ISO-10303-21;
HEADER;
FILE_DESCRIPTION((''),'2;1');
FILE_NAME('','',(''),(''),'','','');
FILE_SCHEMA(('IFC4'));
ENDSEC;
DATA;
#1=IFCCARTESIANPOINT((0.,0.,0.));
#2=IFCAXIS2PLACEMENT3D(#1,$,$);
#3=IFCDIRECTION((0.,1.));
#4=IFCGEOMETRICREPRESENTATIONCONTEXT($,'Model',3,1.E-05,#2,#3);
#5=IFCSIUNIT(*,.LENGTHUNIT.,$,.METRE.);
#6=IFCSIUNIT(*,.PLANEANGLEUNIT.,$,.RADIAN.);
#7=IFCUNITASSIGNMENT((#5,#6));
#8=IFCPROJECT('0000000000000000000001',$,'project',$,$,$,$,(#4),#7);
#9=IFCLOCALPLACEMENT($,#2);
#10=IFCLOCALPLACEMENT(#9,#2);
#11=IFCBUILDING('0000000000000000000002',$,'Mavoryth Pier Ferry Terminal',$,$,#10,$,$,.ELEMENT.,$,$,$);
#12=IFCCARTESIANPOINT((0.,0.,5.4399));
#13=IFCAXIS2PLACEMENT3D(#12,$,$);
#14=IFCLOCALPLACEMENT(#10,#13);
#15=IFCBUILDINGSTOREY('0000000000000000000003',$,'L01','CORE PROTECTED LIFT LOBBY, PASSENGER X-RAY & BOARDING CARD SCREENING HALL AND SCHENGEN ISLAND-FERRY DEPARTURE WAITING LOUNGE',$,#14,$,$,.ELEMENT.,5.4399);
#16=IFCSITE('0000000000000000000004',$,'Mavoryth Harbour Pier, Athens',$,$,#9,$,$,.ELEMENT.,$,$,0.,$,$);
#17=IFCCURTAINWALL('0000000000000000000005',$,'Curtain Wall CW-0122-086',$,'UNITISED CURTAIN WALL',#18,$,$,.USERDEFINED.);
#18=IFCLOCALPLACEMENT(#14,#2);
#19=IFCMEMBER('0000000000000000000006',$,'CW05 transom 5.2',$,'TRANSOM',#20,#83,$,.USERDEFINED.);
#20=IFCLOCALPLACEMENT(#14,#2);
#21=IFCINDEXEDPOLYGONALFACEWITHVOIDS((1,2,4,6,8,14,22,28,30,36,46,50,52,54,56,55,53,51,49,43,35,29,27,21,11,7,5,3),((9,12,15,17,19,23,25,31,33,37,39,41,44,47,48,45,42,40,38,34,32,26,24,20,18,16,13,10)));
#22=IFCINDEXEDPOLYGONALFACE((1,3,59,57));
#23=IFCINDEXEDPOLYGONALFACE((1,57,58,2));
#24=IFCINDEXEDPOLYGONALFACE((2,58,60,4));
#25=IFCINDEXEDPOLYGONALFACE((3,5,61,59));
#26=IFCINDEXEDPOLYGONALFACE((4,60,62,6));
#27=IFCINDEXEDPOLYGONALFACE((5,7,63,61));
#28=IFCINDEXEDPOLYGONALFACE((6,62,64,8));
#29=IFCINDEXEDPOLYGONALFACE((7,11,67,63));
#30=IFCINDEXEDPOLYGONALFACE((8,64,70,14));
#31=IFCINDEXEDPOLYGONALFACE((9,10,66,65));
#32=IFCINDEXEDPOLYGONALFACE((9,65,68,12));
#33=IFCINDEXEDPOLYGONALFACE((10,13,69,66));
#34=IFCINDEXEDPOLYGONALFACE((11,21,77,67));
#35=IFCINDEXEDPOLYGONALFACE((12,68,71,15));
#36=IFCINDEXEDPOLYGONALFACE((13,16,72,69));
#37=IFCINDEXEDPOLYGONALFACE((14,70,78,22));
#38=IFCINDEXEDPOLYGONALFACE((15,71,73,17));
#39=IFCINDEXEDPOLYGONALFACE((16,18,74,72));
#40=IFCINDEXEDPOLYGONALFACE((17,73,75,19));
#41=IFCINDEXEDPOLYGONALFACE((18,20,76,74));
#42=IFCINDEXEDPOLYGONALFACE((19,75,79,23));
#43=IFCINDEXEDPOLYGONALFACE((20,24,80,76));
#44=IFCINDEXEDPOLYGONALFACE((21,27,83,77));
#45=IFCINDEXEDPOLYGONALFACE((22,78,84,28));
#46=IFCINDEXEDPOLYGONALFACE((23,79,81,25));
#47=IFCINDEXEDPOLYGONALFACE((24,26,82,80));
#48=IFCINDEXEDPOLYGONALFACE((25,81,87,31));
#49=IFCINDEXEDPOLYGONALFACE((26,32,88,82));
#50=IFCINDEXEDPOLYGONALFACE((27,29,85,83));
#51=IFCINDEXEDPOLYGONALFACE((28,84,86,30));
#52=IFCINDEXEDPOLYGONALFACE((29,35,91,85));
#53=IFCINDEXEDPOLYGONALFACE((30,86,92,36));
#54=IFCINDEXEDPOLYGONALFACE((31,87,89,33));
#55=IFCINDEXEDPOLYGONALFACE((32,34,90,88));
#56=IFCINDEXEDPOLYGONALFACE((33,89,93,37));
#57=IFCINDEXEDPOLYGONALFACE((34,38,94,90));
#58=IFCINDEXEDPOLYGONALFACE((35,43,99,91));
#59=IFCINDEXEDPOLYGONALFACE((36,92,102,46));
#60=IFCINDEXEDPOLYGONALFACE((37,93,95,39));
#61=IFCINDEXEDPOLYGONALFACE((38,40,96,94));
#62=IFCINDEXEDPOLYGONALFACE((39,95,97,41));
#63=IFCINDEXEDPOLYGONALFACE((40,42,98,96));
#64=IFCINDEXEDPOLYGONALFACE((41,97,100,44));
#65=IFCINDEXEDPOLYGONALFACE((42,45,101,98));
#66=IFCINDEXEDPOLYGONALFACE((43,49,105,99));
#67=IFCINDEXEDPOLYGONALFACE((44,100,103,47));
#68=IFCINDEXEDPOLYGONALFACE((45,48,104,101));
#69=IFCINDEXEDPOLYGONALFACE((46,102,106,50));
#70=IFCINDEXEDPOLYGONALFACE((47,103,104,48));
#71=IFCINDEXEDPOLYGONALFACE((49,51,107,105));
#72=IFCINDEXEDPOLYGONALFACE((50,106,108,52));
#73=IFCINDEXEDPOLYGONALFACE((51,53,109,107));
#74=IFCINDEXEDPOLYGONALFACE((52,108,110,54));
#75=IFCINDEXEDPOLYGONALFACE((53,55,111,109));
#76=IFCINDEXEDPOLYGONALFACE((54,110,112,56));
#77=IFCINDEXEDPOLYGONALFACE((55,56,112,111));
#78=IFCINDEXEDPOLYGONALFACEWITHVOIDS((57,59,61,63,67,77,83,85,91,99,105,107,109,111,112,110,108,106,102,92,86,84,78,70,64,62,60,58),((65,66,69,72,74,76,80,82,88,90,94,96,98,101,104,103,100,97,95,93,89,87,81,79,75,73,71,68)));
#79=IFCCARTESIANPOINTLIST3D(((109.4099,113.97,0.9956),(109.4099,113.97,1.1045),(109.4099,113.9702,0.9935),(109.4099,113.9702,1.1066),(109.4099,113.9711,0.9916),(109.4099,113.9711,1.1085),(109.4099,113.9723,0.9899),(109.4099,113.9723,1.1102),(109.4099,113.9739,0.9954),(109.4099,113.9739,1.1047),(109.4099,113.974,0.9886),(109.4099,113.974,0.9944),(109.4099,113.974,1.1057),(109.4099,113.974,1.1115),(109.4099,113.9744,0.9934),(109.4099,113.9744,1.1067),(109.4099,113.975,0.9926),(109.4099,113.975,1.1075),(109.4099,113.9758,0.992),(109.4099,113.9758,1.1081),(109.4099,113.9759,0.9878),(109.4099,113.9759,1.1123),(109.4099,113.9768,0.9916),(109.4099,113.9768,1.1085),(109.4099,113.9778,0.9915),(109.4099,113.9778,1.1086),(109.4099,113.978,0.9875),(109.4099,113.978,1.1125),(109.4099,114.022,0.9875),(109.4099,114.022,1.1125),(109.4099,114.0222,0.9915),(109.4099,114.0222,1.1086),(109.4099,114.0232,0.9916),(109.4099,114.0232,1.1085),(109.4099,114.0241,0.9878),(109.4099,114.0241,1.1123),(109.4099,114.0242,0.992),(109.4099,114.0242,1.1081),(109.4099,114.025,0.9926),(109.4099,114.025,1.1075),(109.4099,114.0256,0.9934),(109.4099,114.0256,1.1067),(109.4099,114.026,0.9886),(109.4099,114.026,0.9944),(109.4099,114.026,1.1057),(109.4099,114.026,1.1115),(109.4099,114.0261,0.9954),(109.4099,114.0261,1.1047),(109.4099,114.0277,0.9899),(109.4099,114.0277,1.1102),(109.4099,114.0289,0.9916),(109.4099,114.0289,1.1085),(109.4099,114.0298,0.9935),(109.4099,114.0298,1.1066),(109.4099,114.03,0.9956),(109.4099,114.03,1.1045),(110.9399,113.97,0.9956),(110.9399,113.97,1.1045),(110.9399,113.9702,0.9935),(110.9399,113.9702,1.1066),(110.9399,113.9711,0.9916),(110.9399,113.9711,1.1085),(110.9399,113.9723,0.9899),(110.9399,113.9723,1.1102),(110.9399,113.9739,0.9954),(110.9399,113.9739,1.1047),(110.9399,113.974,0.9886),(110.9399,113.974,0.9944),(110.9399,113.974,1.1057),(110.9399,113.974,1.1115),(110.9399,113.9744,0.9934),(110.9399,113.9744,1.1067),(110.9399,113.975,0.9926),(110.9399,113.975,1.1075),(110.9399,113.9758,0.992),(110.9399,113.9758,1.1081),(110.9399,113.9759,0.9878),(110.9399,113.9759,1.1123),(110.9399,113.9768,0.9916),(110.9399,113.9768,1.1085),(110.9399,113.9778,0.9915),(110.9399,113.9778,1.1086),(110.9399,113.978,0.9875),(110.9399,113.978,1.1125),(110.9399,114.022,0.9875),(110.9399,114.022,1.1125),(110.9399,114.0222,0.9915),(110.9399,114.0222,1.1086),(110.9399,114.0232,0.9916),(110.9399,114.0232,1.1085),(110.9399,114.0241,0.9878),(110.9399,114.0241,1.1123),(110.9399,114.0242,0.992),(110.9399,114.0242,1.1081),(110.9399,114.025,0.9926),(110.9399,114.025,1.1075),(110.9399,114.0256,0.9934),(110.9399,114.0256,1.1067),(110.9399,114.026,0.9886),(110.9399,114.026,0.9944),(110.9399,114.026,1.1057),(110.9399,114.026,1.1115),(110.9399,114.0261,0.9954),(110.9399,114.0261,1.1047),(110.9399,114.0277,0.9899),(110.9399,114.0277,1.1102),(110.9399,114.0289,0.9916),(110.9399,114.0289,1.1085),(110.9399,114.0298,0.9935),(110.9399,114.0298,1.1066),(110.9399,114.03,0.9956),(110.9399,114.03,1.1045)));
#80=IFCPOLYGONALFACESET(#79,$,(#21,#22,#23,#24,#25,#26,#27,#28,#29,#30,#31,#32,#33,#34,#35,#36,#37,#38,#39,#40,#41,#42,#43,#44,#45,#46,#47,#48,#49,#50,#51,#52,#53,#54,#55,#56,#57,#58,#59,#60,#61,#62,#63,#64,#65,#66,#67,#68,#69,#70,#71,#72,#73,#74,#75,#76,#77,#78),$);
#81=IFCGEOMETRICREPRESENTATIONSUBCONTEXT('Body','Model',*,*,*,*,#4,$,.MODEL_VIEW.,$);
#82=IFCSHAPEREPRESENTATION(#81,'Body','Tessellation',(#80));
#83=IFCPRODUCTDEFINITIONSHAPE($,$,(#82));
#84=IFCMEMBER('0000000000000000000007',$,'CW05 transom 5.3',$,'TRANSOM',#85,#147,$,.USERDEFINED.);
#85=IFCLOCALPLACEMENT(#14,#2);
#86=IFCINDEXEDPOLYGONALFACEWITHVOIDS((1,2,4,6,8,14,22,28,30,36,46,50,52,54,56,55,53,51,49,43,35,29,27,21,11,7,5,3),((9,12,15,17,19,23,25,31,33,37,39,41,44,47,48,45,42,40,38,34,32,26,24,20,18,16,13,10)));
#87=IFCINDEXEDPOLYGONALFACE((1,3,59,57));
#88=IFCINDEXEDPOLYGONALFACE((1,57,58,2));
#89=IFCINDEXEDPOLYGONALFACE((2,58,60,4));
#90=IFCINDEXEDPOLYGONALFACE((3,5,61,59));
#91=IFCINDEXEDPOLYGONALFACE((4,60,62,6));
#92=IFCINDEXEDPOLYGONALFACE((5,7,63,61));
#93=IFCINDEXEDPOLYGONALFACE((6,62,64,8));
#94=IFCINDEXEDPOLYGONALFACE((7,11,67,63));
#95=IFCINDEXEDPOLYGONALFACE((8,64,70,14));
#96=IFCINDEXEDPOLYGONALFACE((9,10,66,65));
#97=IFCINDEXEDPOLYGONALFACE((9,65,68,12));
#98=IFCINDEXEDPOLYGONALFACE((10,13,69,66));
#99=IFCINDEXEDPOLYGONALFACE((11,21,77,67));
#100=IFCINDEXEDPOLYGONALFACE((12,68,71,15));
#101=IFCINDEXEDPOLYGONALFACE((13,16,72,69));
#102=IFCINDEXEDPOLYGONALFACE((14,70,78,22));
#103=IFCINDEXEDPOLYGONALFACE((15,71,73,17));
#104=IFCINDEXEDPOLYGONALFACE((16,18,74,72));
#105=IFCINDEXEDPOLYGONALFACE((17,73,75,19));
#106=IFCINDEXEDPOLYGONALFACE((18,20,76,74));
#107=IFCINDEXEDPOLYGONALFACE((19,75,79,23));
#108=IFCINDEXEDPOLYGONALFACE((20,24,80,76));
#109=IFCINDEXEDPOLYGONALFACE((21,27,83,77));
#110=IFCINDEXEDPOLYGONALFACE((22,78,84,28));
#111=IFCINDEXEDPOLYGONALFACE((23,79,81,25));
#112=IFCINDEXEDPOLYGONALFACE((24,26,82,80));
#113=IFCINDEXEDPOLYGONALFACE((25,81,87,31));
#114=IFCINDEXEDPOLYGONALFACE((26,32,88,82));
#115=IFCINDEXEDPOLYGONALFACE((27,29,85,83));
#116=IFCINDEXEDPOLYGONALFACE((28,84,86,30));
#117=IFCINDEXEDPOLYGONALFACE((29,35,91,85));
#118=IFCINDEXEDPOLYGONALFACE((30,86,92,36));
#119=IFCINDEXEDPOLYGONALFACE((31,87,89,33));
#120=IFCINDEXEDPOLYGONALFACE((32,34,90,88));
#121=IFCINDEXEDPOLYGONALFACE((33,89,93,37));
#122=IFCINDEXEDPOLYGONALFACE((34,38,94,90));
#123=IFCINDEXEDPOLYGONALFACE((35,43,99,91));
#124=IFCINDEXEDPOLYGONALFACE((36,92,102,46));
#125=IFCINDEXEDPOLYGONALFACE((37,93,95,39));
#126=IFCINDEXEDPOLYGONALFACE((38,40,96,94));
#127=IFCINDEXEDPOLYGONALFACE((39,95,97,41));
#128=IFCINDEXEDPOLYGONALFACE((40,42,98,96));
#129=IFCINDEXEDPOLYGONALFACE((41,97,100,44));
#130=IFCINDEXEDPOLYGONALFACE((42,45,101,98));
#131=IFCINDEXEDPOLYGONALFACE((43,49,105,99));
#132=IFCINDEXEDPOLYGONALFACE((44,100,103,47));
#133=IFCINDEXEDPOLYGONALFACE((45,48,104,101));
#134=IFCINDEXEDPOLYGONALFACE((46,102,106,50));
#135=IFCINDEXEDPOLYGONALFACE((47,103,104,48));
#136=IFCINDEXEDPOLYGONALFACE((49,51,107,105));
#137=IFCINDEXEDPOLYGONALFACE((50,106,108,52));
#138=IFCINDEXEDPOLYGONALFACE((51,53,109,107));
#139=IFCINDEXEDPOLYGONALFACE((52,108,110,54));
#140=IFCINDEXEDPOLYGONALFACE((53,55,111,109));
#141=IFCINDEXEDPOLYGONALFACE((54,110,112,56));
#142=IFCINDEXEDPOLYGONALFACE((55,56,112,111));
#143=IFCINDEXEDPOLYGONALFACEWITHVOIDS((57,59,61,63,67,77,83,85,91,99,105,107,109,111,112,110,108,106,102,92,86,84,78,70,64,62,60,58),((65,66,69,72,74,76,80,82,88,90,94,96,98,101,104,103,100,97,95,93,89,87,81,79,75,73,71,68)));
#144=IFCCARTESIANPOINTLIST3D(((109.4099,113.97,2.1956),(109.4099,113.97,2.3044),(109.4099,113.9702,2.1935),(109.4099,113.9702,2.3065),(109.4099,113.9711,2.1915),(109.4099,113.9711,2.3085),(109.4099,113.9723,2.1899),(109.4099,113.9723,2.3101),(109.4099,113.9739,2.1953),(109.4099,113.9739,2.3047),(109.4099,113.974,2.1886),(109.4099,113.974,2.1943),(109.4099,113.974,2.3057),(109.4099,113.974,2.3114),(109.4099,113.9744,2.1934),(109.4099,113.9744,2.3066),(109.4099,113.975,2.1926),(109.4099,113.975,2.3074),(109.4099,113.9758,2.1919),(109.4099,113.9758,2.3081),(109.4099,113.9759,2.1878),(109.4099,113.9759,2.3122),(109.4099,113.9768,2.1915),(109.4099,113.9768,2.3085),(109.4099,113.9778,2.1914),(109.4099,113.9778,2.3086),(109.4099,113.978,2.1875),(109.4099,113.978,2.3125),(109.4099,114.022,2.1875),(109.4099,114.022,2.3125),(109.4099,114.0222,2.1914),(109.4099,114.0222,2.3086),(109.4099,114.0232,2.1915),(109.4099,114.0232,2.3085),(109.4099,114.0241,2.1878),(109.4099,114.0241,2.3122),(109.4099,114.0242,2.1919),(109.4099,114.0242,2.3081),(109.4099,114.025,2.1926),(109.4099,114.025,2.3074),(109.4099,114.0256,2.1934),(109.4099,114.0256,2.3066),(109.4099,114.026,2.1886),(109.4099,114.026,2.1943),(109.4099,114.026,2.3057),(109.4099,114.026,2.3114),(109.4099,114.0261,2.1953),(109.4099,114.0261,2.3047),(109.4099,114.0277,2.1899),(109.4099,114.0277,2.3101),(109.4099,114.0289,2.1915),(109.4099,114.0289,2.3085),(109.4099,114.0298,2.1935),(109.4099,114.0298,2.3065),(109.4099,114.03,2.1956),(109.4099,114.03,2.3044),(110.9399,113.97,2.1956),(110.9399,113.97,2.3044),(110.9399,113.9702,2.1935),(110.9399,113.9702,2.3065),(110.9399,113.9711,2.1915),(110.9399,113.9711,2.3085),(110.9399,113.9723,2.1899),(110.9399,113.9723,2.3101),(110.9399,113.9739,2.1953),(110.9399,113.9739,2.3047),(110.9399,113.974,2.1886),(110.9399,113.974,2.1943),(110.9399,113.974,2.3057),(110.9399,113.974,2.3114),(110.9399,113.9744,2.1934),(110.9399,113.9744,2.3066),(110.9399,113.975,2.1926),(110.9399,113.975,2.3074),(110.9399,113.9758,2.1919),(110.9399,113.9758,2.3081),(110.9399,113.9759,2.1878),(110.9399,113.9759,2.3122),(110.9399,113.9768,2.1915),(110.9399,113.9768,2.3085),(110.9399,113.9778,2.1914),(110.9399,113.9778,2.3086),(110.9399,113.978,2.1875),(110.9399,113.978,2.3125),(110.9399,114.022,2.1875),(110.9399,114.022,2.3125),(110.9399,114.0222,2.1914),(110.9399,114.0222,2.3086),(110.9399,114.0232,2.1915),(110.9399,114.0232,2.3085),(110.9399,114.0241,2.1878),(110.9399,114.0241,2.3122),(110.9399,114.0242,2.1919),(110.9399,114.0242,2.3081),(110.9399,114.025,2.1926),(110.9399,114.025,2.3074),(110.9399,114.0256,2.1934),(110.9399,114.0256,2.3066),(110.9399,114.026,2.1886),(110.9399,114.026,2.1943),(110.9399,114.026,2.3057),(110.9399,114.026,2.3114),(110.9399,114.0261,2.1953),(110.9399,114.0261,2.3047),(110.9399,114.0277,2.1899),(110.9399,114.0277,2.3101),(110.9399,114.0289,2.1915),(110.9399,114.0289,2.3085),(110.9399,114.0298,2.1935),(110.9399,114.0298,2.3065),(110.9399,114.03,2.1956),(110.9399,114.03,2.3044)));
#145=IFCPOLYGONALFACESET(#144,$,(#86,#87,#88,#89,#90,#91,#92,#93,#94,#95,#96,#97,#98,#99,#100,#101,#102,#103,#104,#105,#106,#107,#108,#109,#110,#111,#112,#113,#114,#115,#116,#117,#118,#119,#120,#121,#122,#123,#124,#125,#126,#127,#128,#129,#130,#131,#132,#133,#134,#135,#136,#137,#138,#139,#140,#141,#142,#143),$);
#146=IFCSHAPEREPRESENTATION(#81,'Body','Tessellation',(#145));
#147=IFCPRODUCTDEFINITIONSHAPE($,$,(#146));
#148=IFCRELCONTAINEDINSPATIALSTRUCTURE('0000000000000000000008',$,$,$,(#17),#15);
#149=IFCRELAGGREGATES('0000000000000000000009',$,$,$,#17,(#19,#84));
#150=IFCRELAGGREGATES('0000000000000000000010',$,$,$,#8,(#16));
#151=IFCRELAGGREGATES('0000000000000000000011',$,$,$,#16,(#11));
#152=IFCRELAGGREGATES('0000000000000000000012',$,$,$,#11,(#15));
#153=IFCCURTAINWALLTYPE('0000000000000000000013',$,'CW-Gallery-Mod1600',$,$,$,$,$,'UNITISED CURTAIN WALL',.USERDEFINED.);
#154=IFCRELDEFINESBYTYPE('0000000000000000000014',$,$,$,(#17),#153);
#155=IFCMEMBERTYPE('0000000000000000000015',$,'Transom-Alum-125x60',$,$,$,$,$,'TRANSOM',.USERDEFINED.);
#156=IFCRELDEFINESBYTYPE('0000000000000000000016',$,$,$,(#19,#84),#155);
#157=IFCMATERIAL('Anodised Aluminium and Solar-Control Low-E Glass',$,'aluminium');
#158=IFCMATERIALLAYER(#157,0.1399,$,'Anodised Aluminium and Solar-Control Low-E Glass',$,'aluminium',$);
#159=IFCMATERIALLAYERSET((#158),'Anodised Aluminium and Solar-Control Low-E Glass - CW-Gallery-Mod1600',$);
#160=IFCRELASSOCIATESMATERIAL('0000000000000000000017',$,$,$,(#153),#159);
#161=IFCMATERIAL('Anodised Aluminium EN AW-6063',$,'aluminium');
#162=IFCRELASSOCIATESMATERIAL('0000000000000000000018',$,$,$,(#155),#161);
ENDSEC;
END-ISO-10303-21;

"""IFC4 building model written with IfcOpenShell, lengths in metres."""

from ifc_helpers import new_model, si_unit, direction, frame, origin, origin_2d, place, context, subcontext, project, spatial, hollow_rectangle, extrude, material, layer, layer_set, material_profile, profile_set, type_object, element, aggregate, save


model = new_model("IFC4")

# Units and contexts
model_context = context("Model", 3, precision=1e-05, world=origin(), true_north=direction((0.0, 1.0)))
body_context = subcontext(model_context, "Body", "Model", "MODEL_VIEW")
ifc_project = project(units=[si_unit("LENGTHUNIT", "METRE"), si_unit("PLANEANGLEUNIT", "RADIAN")], contexts=[model_context])

# Site, building, storey
site_placement = place(None, origin())
site = spatial("IfcSite", under=ifc_project, at=site_placement, Name="Mavoryth Harbour Pier, Athens", CompositionType="ELEMENT", RefElevation=0.0)
building_placement = place(site_placement, origin())
building = spatial("IfcBuilding", under=site, at=building_placement, Name="Mavoryth Pier Ferry Terminal", CompositionType="ELEMENT")
storey_placement = place(building_placement, frame((0.0, 0.0, 5.4399)))
storey = spatial("IfcBuildingStorey", under=building, at=storey_placement, Name="L01", Description="CORE PROTECTED LIFT LOBBY, PASSENGER X-RAY & BOARDING CARD SCREENING HALL AND SCHENGEN ISLAND-FERRY DEPARTURE WAITING LOUNGE", CompositionType="ELEMENT", Elevation=5.4399)

# Curtain wall
ifc_material_1 = material(Name="Anodised Aluminium and Solar-Control Low-E Glass", Category="aluminium")
ifc_layer_1 = layer(ifc_material_1, 0.1399, Name="Anodised Aluminium and Solar-Control Low-E Glass", Category="aluminium")
ifc_layer_set_1 = layer_set([ifc_layer_1], Name="Anodised Aluminium and Solar-Control Low-E Glass - CW-Gallery-Mod1600")
curtain_wall_type = type_object("IfcCurtainWallType", Name="CW-Gallery-Mod1600", ElementType="UNITISED CURTAIN WALL", PredefinedType="USERDEFINED", material=ifc_layer_set_1)
ifc_material_2 = material(Name="Anodised Aluminium EN AW-6063", Category="aluminium")
curtain_wall_1_placement = place(storey_placement, origin())
curtain_wall_1 = element("IfcCurtainWall", 1, at=curtain_wall_1_placement, inside=storey, type_object=curtain_wall_type, Name="Curtain Wall CW-0122-086", ObjectType="UNITISED CURTAIN WALL", PredefinedType="USERDEFINED")

# Members
ifc_material_profile_1 = material_profile(ifc_material_2, hollow_rectangle(XDim=0.0601, YDim=0.125, WallThickness=0.0039, InnerFilletRadius=0.0039, OuterFilletRadius=0.0081, at=origin_2d()), Name="AL-TRAN 125x60x4", Category="aluminium")
ifc_profile_set_1 = profile_set([ifc_material_profile_1], Name="Anodised Aluminium EN AW-6063 - AL-TRAN 125x60x4")
member_type_1 = type_object("IfcMemberType", Name="Transom-Alum-125x60", ElementType="TRANSOM", PredefinedType="USERDEFINED", material=ifc_profile_set_1)
member_1_placement = place(storey_placement, frame((110.9399, 114.0, 1.05), z_axis=(-1.0, 0.0, 0.0), x_axis=(0.0, -1.0, 0.0)))
member_1 = element("IfcMember", 2, at=member_1_placement, type_object=member_type_1, Name="CW05 transom 5.2", ObjectType="TRANSOM", PredefinedType="USERDEFINED", context=body_context, shape_type="SweptSolid", body=[
    extrude(hollow_rectangle(XDim=0.0601, YDim=0.125, WallThickness=0.0039, InnerFilletRadius=0.0039, OuterFilletRadius=0.0081, at=origin_2d()), origin(), (0.0, 0.0, 1.0), 1.53),
])
member_2_placement = place(storey_placement, frame((110.9399, 114.0, 2.25), z_axis=(-1.0, 0.0, 0.0), x_axis=(0.0, -1.0, 0.0)))
member_2 = element("IfcMember", 3, at=member_2_placement, type_object=member_type_1, Name="CW05 transom 5.3", ObjectType="TRANSOM", PredefinedType="USERDEFINED", context=body_context, shape_type="SweptSolid", body=[
    extrude(hollow_rectangle(XDim=0.0601, YDim=0.125, WallThickness=0.0039, InnerFilletRadius=0.0039, OuterFilletRadius=0.0081, at=origin_2d()), origin(), (0.0, 0.0, 1.0), 1.53),
])

aggregate(curtain_wall_1, [member_1, member_2])

save(model, "model.ifc")
